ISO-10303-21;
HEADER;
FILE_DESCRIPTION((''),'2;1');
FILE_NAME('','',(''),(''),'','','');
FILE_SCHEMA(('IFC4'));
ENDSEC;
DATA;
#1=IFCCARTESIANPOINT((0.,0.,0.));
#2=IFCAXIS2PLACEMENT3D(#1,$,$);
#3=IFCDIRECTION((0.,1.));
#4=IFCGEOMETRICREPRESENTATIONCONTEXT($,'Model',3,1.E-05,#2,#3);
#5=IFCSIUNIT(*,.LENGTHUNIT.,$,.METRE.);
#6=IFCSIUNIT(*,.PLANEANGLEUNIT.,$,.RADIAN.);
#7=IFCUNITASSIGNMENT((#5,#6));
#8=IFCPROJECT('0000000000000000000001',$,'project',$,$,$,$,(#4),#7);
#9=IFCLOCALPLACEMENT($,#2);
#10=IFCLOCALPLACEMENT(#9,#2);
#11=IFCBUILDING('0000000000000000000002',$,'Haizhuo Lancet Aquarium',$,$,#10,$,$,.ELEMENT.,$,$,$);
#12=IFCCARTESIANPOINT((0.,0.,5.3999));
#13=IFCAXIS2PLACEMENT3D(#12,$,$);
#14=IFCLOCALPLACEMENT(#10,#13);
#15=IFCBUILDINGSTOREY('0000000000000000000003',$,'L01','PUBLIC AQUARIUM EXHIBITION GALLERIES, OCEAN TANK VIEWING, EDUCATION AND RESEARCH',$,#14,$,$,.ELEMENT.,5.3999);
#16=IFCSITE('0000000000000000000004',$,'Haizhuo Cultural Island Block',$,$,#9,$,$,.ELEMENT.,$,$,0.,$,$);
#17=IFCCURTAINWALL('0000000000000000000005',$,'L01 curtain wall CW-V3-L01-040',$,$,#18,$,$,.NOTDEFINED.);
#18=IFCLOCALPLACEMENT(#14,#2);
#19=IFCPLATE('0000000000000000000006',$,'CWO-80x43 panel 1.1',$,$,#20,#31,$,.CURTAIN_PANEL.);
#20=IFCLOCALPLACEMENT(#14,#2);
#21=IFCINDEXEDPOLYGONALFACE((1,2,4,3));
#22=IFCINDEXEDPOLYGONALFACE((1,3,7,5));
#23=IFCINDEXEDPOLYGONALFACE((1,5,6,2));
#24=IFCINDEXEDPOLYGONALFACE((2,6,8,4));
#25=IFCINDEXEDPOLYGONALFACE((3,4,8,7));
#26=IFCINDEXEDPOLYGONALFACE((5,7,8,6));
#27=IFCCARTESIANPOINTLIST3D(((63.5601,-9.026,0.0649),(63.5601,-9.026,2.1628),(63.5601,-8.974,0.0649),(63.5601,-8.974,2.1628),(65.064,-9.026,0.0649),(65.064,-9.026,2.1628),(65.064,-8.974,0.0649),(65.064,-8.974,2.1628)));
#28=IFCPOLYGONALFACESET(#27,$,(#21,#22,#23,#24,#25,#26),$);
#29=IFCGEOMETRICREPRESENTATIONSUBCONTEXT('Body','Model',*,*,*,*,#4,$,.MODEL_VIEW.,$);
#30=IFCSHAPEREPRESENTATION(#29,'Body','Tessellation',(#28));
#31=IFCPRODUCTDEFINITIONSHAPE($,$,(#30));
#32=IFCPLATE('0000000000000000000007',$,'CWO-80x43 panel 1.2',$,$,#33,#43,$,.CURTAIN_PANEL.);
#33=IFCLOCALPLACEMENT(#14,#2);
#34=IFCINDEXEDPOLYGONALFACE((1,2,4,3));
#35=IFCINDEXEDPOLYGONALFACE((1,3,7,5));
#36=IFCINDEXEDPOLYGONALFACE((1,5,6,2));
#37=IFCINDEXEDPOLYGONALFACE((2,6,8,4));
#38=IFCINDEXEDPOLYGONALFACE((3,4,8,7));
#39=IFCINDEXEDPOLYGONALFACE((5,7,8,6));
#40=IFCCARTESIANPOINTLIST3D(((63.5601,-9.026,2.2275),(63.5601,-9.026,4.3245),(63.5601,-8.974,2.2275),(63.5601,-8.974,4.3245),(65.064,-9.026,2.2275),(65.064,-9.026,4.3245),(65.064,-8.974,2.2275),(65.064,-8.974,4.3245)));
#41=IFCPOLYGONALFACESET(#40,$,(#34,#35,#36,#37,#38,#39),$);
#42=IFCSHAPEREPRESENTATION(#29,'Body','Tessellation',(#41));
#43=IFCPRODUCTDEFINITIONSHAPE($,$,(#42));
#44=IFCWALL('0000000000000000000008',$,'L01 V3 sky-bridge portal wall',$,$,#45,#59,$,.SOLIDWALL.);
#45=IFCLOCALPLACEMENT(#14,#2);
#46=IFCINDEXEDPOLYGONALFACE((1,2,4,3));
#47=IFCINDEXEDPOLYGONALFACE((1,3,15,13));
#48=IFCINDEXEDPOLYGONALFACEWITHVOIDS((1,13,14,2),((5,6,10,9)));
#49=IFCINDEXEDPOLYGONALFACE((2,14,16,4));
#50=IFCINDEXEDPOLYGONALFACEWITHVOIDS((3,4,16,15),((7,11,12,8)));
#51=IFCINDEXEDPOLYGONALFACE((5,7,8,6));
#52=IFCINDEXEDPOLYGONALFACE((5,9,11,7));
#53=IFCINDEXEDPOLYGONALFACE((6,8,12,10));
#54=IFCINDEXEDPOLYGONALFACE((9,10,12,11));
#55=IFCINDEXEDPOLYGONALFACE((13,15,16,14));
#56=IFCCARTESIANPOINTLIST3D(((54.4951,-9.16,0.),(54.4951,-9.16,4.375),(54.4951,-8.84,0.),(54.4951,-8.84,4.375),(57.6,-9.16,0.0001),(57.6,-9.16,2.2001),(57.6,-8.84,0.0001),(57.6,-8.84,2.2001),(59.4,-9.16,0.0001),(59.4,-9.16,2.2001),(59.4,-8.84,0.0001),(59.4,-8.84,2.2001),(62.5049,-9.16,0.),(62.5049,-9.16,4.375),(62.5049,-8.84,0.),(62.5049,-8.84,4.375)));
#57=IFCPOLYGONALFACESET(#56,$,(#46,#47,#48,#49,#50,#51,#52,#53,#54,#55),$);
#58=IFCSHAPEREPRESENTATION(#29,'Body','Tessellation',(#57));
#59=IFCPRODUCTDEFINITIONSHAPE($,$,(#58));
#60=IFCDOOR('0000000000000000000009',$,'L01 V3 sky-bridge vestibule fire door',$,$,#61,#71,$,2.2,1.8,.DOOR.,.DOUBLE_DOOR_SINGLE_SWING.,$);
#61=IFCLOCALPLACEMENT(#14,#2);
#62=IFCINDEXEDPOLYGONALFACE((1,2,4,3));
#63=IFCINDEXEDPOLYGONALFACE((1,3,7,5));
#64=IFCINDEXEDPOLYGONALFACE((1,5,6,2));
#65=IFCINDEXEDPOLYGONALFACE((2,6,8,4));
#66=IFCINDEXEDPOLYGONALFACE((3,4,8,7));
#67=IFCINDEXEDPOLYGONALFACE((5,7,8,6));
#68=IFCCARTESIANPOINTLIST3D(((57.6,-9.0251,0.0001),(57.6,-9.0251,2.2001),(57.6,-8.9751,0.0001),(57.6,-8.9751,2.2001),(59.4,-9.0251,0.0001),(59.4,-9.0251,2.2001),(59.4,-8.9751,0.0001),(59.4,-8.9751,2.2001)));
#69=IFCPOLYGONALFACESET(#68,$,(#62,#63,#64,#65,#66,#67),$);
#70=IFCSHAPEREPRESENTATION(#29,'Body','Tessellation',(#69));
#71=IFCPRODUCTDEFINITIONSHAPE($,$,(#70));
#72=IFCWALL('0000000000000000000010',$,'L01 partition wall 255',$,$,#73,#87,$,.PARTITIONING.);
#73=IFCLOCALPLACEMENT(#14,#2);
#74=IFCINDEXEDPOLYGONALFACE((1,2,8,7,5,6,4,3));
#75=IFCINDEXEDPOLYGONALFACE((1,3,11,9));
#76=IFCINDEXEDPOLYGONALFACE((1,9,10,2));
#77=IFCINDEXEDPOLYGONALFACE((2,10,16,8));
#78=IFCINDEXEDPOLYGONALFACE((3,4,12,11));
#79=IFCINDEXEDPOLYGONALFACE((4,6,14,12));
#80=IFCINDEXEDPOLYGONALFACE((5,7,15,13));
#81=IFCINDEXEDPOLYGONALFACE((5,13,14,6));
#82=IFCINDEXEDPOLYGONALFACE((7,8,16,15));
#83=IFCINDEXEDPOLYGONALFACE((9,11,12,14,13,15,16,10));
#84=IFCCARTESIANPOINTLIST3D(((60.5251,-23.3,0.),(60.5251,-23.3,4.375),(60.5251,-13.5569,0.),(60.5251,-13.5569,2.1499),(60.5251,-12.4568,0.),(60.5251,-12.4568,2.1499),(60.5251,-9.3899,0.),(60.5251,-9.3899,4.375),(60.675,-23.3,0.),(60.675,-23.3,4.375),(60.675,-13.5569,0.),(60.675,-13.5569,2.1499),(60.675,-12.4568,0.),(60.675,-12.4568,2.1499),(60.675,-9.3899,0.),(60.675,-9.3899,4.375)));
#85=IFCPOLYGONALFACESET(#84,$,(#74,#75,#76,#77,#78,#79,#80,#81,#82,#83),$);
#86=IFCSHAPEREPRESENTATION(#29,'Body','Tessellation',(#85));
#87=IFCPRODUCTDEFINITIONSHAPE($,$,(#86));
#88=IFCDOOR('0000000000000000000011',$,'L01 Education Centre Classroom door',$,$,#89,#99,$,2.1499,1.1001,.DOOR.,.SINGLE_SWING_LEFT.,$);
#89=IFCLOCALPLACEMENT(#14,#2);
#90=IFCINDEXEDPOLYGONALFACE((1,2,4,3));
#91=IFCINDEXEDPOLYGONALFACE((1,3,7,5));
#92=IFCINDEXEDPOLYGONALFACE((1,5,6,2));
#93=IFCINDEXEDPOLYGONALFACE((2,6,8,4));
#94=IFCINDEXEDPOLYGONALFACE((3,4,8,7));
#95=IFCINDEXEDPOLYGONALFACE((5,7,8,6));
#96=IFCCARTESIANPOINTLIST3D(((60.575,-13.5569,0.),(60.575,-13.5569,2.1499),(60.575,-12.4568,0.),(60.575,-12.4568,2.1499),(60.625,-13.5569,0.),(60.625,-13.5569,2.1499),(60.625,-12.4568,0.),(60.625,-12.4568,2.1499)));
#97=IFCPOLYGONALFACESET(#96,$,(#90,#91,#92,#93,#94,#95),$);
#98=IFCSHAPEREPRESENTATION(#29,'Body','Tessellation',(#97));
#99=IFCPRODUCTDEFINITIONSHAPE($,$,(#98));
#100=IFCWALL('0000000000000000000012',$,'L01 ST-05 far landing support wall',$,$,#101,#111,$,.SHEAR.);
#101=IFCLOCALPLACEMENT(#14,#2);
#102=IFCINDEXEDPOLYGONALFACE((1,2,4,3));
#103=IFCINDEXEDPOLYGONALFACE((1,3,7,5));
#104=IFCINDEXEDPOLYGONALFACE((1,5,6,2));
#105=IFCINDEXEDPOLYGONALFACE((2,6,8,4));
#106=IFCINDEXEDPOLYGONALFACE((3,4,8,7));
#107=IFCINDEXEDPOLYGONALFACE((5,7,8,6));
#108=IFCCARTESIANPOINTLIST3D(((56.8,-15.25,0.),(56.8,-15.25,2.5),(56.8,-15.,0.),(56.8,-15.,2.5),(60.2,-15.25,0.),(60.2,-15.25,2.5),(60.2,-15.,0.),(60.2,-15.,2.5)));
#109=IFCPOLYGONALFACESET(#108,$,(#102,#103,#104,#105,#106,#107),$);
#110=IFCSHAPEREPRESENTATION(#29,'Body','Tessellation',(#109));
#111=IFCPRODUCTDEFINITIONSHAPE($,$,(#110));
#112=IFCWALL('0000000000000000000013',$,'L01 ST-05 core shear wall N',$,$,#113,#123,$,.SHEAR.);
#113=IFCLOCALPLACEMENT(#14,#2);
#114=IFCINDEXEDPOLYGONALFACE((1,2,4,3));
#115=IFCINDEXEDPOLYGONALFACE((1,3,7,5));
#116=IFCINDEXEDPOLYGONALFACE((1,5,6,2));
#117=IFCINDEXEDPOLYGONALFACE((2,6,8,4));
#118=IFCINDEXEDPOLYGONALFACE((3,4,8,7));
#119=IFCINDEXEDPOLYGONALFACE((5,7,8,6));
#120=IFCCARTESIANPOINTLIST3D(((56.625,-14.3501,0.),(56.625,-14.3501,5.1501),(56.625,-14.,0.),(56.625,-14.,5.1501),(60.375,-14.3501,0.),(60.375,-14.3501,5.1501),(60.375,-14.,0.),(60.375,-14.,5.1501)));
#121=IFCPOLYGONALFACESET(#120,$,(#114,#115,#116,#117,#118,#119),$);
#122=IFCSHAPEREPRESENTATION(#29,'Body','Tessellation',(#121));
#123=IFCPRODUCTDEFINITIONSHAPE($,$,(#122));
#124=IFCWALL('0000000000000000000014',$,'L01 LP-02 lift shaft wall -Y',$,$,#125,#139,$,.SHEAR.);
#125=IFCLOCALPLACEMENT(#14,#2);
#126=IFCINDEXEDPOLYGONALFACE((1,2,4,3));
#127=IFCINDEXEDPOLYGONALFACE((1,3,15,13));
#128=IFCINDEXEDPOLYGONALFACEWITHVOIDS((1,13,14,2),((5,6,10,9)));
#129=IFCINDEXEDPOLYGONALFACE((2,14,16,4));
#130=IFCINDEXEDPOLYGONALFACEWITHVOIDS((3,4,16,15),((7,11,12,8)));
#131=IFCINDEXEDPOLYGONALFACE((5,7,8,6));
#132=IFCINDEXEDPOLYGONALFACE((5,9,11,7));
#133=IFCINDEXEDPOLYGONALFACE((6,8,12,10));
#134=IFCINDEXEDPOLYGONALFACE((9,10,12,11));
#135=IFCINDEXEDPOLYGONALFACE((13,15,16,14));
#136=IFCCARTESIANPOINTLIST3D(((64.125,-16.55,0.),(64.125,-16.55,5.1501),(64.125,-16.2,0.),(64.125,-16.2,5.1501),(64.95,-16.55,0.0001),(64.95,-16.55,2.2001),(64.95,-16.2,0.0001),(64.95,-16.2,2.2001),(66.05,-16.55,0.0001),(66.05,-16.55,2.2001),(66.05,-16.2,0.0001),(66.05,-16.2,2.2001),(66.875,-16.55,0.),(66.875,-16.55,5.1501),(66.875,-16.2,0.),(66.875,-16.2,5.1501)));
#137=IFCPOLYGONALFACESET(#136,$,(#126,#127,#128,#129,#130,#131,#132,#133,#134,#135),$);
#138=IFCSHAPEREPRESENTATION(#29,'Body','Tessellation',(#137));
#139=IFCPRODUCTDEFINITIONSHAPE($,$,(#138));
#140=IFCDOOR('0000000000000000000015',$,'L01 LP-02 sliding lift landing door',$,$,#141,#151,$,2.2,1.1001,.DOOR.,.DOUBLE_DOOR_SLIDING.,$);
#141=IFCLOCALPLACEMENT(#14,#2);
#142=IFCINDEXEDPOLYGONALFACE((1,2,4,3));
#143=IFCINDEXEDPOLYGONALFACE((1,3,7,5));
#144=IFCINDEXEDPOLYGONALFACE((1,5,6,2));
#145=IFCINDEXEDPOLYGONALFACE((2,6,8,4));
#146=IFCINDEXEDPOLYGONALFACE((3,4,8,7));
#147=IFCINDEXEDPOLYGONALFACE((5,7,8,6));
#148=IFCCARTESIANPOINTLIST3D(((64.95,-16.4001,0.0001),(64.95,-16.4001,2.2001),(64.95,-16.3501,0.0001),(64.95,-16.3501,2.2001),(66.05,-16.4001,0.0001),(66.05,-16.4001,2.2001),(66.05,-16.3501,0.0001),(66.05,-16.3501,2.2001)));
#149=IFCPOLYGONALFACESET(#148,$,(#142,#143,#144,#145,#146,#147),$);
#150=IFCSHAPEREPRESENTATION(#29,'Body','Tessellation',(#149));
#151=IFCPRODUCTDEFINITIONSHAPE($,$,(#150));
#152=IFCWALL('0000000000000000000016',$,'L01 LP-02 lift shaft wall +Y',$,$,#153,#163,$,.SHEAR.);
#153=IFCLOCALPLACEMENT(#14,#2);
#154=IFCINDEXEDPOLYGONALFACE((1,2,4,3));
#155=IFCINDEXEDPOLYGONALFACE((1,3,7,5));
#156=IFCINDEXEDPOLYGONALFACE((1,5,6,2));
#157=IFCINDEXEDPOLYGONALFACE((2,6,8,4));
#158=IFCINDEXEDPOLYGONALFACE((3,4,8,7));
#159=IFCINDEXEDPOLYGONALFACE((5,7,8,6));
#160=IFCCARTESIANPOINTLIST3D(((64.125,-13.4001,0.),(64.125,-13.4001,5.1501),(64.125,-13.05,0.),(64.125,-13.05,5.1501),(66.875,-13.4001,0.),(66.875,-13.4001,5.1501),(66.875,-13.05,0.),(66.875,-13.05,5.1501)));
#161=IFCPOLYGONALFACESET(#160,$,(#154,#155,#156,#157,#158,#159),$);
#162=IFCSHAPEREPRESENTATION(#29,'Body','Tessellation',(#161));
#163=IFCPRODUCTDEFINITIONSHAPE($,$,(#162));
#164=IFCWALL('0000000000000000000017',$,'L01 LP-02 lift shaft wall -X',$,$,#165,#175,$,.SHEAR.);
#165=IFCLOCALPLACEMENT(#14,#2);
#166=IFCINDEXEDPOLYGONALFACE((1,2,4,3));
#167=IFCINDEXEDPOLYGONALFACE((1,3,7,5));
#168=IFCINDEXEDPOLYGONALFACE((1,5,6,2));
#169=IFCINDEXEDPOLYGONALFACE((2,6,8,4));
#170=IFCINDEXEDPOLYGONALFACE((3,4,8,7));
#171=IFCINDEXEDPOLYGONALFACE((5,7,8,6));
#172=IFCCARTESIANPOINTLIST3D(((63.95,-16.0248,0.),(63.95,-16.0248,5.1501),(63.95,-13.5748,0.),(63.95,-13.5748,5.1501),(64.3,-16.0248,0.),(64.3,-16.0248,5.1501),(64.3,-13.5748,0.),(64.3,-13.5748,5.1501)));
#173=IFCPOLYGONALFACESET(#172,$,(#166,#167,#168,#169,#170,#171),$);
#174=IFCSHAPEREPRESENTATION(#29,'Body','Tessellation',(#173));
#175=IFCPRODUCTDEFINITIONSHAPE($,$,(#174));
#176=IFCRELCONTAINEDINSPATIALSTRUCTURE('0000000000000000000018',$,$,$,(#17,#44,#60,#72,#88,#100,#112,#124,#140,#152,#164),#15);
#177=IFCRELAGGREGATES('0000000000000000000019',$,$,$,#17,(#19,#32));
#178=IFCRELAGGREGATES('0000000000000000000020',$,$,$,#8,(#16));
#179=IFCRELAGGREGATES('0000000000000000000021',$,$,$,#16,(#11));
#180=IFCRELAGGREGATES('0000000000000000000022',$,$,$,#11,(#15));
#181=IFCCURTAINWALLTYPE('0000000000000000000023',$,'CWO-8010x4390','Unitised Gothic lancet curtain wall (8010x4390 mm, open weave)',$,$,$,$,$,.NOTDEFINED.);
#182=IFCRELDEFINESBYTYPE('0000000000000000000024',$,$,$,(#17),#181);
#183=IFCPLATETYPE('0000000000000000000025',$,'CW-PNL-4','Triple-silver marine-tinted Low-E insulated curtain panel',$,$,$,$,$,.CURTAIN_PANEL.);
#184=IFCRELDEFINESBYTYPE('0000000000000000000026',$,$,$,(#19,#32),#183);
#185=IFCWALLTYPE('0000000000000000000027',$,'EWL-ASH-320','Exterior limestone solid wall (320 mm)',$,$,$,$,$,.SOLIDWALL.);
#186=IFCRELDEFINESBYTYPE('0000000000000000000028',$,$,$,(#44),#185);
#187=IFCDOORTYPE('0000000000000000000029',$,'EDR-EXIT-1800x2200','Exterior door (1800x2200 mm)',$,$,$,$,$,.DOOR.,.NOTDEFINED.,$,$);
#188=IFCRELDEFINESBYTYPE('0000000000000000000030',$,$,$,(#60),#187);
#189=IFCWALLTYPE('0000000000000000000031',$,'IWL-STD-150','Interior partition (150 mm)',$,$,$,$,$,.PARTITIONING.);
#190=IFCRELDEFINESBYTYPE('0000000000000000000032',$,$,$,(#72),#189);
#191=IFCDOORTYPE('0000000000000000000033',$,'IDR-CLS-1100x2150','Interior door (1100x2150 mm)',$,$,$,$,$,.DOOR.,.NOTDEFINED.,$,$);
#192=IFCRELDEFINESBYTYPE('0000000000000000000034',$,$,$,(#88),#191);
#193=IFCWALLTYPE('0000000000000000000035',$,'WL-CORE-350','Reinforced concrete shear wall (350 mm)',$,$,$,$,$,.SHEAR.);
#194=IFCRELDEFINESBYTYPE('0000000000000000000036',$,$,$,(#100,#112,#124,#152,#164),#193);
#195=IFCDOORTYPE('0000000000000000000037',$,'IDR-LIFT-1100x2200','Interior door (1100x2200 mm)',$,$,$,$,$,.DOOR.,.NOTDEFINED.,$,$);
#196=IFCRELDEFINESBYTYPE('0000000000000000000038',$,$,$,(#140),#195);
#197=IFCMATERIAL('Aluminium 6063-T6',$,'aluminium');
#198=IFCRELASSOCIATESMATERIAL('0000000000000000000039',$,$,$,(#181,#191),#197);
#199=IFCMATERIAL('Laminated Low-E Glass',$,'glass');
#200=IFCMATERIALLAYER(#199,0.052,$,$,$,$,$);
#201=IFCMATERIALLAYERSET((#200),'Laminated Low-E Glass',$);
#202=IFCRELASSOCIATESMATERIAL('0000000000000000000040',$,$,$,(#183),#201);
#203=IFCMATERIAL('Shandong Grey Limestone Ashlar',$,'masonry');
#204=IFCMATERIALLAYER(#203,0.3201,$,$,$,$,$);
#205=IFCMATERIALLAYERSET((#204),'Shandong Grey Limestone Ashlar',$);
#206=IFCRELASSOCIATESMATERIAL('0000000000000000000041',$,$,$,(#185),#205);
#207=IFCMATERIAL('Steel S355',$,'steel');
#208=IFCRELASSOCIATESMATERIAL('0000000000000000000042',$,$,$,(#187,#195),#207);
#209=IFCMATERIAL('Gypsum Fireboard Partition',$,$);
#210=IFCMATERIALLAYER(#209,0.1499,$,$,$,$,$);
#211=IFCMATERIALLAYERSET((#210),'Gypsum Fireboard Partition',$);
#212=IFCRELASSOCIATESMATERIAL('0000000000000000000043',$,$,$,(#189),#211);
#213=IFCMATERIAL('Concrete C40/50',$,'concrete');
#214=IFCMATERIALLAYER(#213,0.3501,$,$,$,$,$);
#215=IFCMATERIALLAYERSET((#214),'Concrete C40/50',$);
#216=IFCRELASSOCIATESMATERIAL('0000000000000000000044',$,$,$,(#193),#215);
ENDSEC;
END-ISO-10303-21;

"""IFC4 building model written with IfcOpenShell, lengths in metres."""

from ifc_helpers import new_model, si_unit, direction, frame, frame_2d, origin, origin_2d, place, context, subcontext, project, spatial, rectangle, extrude, material, layer, layer_set, type_object, element, fill, aggregate, save


model = new_model("IFC4")

# Units and contexts
model_context = context("Model", 3, precision=1e-05, world=origin(), true_north=direction((0.0, 1.0)))
body_context = subcontext(model_context, "Body", "Model", "MODEL_VIEW")
ifc_project = project(units=[si_unit("LENGTHUNIT", "METRE"), si_unit("PLANEANGLEUNIT", "RADIAN")], contexts=[model_context])

# Site, building, storey
site_placement = place(None, origin())
site = spatial("IfcSite", under=ifc_project, at=site_placement, Name="Haizhuo Cultural Island Block", CompositionType="ELEMENT", RefElevation=0.0)
building_placement = place(site_placement, origin())
building = spatial("IfcBuilding", under=site, at=building_placement, Name="Haizhuo Lancet Aquarium", CompositionType="ELEMENT")
storey_placement = place(building_placement, frame((0.0, 0.0, 5.3999)))
storey = spatial("IfcBuildingStorey", under=building, at=storey_placement, Name="L01", Description="PUBLIC AQUARIUM EXHIBITION GALLERIES, OCEAN TANK VIEWING, EDUCATION AND RESEARCH", CompositionType="ELEMENT", Elevation=5.3999)

# Shared definitions
ifc_material_1 = material(Name="Concrete C40/50", Category="concrete")

# Curtain wall
ifc_material_2 = material(Name="Aluminium 6063-T6", Category="aluminium")
curtain_wall_type = type_object("IfcCurtainWallType", Name="CWO-8010x4390", Description="Unitised Gothic lancet curtain wall (8010x4390 mm, open weave)", PredefinedType="NOTDEFINED", material=ifc_material_2)
curtain_wall_placement = place(storey_placement, origin())
curtain_wall = element("IfcCurtainWall", 1, at=curtain_wall_placement, inside=storey, type_object=curtain_wall_type, Name="L01 curtain wall CW-V3-L01-040", PredefinedType="NOTDEFINED")

# Shared definitions
ifc_material_3 = material(Name="Steel S355", Category="steel")

# Plates
ifc_material_4 = material(Name="Laminated Low-E Glass", Category="glass")
ifc_layer_1 = layer(ifc_material_4, 0.052)
ifc_layer_set_1 = layer_set([ifc_layer_1], Name="Laminated Low-E Glass")
plate_type = type_object("IfcPlateType", Name="CW-PNL-4", Description="Triple-silver marine-tinted Low-E insulated curtain panel", PredefinedType="CURTAIN_PANEL", material=ifc_layer_set_1)
plate_1_placement = place(storey_placement, frame((64.312, -9.0, 0.0649), z_axis=(0.0, 0.0, 1.0), x_axis=(1.0, 0.0, 0.0)))
plate_1 = element("IfcPlate", 2, at=plate_1_placement, type_object=plate_type, Name="CWO-80x43 panel 1.1", PredefinedType="CURTAIN_PANEL", context=body_context, shape_type="SweptSolid", body=[
    extrude(rectangle(XDim=1.5039, YDim=0.052, at=origin_2d()), origin(), (0.0, 0.0, 1.0), 2.0979),
])
plate_2_placement = place(storey_placement, frame((64.312, -9.0, 2.2275), z_axis=(0.0, 0.0, 1.0), x_axis=(1.0, 0.0, 0.0)))
plate_2 = element("IfcPlate", 3, at=plate_2_placement, type_object=plate_type, Name="CWO-80x43 panel 1.2", PredefinedType="CURTAIN_PANEL", context=body_context, shape_type="SweptSolid", body=[
    extrude(rectangle(XDim=1.5039, YDim=0.052, at=origin_2d()), origin(), (0.0, 0.0, 1.0), 2.0969),
])
aggregate(curtain_wall, [plate_1, plate_2])

# Walls, openings, doors
ifc_material_5 = material(Name="Shandong Grey Limestone Ashlar", Category="masonry")
ifc_layer_2 = layer(ifc_material_5, 0.3201)
ifc_layer_set_2 = layer_set([ifc_layer_2], Name="Shandong Grey Limestone Ashlar")
wall_type_1 = type_object("IfcWallType", Name="EWL-ASH-320", Description="Exterior limestone solid wall (320 mm)", PredefinedType="SOLIDWALL", material=ifc_layer_set_2)
wall_1_placement = place(storey_placement, frame((54.4951, -9.0, 0.0), z_axis=(0.0, 0.0, 1.0), x_axis=(1.0, 0.0, 0.0)))
wall_1 = element("IfcWall", 4, at=wall_1_placement, inside=storey, type_object=wall_type_1, Name="L01 V3 sky-bridge portal wall", PredefinedType="SOLIDWALL", context=body_context, shape_type="SweptSolid", body=[
    extrude(rectangle(XDim=8.0098, YDim=0.3201, at=frame_2d((4.0049, 0.0))), origin(), (0.0, 0.0, 1.0), 4.375),
])
opening_1_placement = place(wall_1_placement, frame((3.105, 0.0, 0.0)))
opening_1 = element("IfcOpeningElement", 5, at=opening_1_placement, cuts=wall_1, PredefinedType="OPENING", context=body_context, shape_type="SweptSolid", body=[
    extrude(rectangle(XDim=1.8, YDim=2.2, at=frame_2d((0.8999, 1.1001))), frame((0.0, 0.1699, 0.0), z_axis=(0.0, -1.0, 0.0), x_axis=(1.0, 0.0, 0.0)), (0.0, 0.0, 1.0), 0.3401),
])
door_type_1 = type_object("IfcDoorType", Name="EDR-EXIT-1800x2200", Description="Exterior door (1800x2200 mm)", OperationType="NOTDEFINED", PredefinedType="DOOR", material=ifc_material_3)
door_1_placement = place(opening_1_placement, origin())
door_1 = element("IfcDoor", 6, at=door_1_placement, inside=storey, type_object=door_type_1, Name="L01 V3 sky-bridge vestibule fire door", OperationType="DOUBLE_DOOR_SINGLE_SWING", OverallHeight=2.2, OverallWidth=1.8, PredefinedType="DOOR", context=body_context, shape_type="SweptSolid", body=[
    extrude(rectangle(XDim=1.8, YDim=2.2, at=frame_2d((0.8999, 1.1001))), frame((0.0, 0.0249, 0.0), z_axis=(0.0, -1.0, 0.0), x_axis=(1.0, 0.0, 0.0)), (0.0, 0.0, 1.0), 0.05),
])
fill(opening_1, door_1)
ifc_material_6 = material(Name="Gypsum Fireboard Partition")
ifc_layer_3 = layer(ifc_material_6, 0.1499)
ifc_layer_set_3 = layer_set([ifc_layer_3], Name="Gypsum Fireboard Partition")
wall_type_2 = type_object("IfcWallType", Name="IWL-STD-150", Description="Interior partition (150 mm)", PredefinedType="PARTITIONING", material=ifc_layer_set_3)
wall_2_placement = place(storey_placement, frame((60.6001, -9.3899, 0.0), z_axis=(0.0, 0.0, 1.0), x_axis=(0.0, -1.0, 0.0)))
wall_2 = element("IfcWall", 7, at=wall_2_placement, inside=storey, type_object=wall_type_2, Name="L01 partition wall 255", PredefinedType="PARTITIONING", context=body_context, shape_type="SweptSolid", body=[
    extrude(rectangle(XDim=13.9102, YDim=0.1499, at=frame_2d((6.9551, 0.0))), origin(), (0.0, 0.0, 1.0), 4.375),
])
opening_2_placement = place(wall_2_placement, frame((3.0669, 0.0, 0.0)))
opening_2 = element("IfcOpeningElement", 8, at=opening_2_placement, cuts=wall_2, PredefinedType="OPENING", context=body_context, shape_type="SweptSolid", body=[
    extrude(rectangle(XDim=1.1001, YDim=2.1499, at=frame_2d((0.55, 1.075))), frame((0.0, 0.085, 0.0), z_axis=(0.0, -1.0, 0.0), x_axis=(1.0, 0.0, 0.0)), (0.0, 0.0, 1.0), 0.1699),
])
door_type_2 = type_object("IfcDoorType", Name="IDR-CLS-1100x2150", Description="Interior door (1100x2150 mm)", OperationType="NOTDEFINED", PredefinedType="DOOR", material=ifc_material_2)
door_2_placement = place(opening_2_placement, origin())
door_2 = element("IfcDoor", 9, at=door_2_placement, inside=storey, type_object=door_type_2, Name="L01 Education Centre Classroom door", OperationType="SINGLE_SWING_LEFT", OverallHeight=2.1499, OverallWidth=1.1001, PredefinedType="DOOR", context=body_context, shape_type="SweptSolid", body=[
    extrude(rectangle(XDim=1.1001, YDim=2.1499, at=frame_2d((0.55, 1.075))), frame((0.0, 0.0249, 0.0), z_axis=(0.0, -1.0, 0.0), x_axis=(1.0, 0.0, 0.0)), (0.0, 0.0, 1.0), 0.05),
])
fill(opening_2, door_2)

# Walls
ifc_layer_4 = layer(ifc_material_1, 0.3501)
ifc_layer_set_4 = layer_set([ifc_layer_4], Name="Concrete C40/50")
wall_type_3 = type_object("IfcWallType", Name="WL-CORE-350", Description="Reinforced concrete shear wall (350 mm)", PredefinedType="SHEAR", material=ifc_layer_set_4)
wall_3_placement = place(storey_placement, frame((56.8, -15.125, 0.0), z_axis=(0.0, 0.0, 1.0), x_axis=(1.0, 0.0, 0.0)))
element("IfcWall", 10, at=wall_3_placement, inside=storey, type_object=wall_type_3, Name="L01 ST-05 far landing support wall", PredefinedType="SHEAR", context=body_context, shape_type="SweptSolid", body=[
    extrude(rectangle(XDim=3.3999, YDim=0.25, at=frame_2d((1.7, 0.0))), origin(), (0.0, 0.0, 1.0), 2.5),
])
wall_4_placement = place(storey_placement, frame((56.625, -14.175, 0.0), z_axis=(0.0, 0.0, 1.0), x_axis=(1.0, 0.0, 0.0)))
element("IfcWall", 11, at=wall_4_placement, inside=storey, type_object=wall_type_3, Name="L01 ST-05 core shear wall N", PredefinedType="SHEAR", context=body_context, shape_type="SweptSolid", body=[
    extrude(rectangle(XDim=3.75, YDim=0.3501, at=frame_2d((1.875, 0.0))), origin(), (0.0, 0.0, 1.0), 5.1501),
])

# Wall, opening, door
wall_5_placement = place(storey_placement, frame((64.125, -16.375, 0.0), z_axis=(0.0, 0.0, 1.0), x_axis=(1.0, 0.0, 0.0)))
wall_5 = element("IfcWall", 12, at=wall_5_placement, inside=storey, type_object=wall_type_3, Name="L01 LP-02 lift shaft wall -Y", PredefinedType="SHEAR", context=body_context, shape_type="SweptSolid", body=[
    extrude(rectangle(XDim=2.75, YDim=0.3501, at=frame_2d((1.375, 0.0))), origin(), (0.0, 0.0, 1.0), 5.1501),
])
opening_3_placement = place(wall_5_placement, frame((0.825, 0.0, 0.0)))
opening_3 = element("IfcOpeningElement", 13, at=opening_3_placement, cuts=wall_5, PredefinedType="OPENING", context=body_context, shape_type="SweptSolid", body=[
    extrude(rectangle(XDim=1.1001, YDim=2.2, at=frame_2d((0.55, 1.1001))), frame((0.0, 0.1851, 0.0), z_axis=(0.0, -1.0, 0.0), x_axis=(1.0, 0.0, 0.0)), (0.0, 0.0, 1.0), 0.3701),
])
door_type_3 = type_object("IfcDoorType", Name="IDR-LIFT-1100x2200", Description="Interior door (1100x2200 mm)", OperationType="NOTDEFINED", PredefinedType="DOOR", material=ifc_material_3)
door_3_placement = place(opening_3_placement, origin())
door_3 = element("IfcDoor", 14, at=door_3_placement, inside=storey, type_object=door_type_3, Name="L01 LP-02 sliding lift landing door", OperationType="DOUBLE_DOOR_SLIDING", OverallHeight=2.2, OverallWidth=1.1001, PredefinedType="DOOR", context=body_context, shape_type="SweptSolid", body=[
    extrude(rectangle(XDim=1.1001, YDim=2.2, at=frame_2d((0.55, 1.1001))), frame((0.0, 0.0249, 0.0), z_axis=(0.0, -1.0, 0.0), x_axis=(1.0, 0.0, 0.0)), (0.0, 0.0, 1.0), 0.05),
])
fill(opening_3, door_3)

# Walls
wall_6_placement = place(storey_placement, frame((66.875, -13.2251, 0.0), z_axis=(0.0, 0.0, 1.0), x_axis=(-1.0, 0.0, 0.0)))
element("IfcWall", 15, at=wall_6_placement, inside=storey, type_object=wall_type_3, Name="L01 LP-02 lift shaft wall +Y", PredefinedType="SHEAR", context=body_context, shape_type="SweptSolid", body=[
    extrude(rectangle(XDim=2.75, YDim=0.3501, at=frame_2d((1.375, 0.0))), origin(), (0.0, 0.0, 1.0), 5.1501),
])
for number, where, z_axis, x_axis, name in (
    (16, (64.125, -16.0249, 0.0), (0.0, 0.0, 1.0), (0.0, 1.0, 0.0), "L01 LP-02 lift shaft wall -X"),
):
    element("IfcWall", number, at=place(storey_placement, frame(where, z_axis=z_axis, x_axis=x_axis)), inside=storey, type_object=wall_type_3, Name=name, PredefinedType="SHEAR", context=body_context, shape_type="SweptSolid", body=[
        extrude(rectangle(XDim=2.45, YDim=0.3501, at=frame_2d((1.2251, 0.0))), origin(), (0.0, 0.0, 1.0), 5.1501),
    ])

save(model, "model.ifc")
